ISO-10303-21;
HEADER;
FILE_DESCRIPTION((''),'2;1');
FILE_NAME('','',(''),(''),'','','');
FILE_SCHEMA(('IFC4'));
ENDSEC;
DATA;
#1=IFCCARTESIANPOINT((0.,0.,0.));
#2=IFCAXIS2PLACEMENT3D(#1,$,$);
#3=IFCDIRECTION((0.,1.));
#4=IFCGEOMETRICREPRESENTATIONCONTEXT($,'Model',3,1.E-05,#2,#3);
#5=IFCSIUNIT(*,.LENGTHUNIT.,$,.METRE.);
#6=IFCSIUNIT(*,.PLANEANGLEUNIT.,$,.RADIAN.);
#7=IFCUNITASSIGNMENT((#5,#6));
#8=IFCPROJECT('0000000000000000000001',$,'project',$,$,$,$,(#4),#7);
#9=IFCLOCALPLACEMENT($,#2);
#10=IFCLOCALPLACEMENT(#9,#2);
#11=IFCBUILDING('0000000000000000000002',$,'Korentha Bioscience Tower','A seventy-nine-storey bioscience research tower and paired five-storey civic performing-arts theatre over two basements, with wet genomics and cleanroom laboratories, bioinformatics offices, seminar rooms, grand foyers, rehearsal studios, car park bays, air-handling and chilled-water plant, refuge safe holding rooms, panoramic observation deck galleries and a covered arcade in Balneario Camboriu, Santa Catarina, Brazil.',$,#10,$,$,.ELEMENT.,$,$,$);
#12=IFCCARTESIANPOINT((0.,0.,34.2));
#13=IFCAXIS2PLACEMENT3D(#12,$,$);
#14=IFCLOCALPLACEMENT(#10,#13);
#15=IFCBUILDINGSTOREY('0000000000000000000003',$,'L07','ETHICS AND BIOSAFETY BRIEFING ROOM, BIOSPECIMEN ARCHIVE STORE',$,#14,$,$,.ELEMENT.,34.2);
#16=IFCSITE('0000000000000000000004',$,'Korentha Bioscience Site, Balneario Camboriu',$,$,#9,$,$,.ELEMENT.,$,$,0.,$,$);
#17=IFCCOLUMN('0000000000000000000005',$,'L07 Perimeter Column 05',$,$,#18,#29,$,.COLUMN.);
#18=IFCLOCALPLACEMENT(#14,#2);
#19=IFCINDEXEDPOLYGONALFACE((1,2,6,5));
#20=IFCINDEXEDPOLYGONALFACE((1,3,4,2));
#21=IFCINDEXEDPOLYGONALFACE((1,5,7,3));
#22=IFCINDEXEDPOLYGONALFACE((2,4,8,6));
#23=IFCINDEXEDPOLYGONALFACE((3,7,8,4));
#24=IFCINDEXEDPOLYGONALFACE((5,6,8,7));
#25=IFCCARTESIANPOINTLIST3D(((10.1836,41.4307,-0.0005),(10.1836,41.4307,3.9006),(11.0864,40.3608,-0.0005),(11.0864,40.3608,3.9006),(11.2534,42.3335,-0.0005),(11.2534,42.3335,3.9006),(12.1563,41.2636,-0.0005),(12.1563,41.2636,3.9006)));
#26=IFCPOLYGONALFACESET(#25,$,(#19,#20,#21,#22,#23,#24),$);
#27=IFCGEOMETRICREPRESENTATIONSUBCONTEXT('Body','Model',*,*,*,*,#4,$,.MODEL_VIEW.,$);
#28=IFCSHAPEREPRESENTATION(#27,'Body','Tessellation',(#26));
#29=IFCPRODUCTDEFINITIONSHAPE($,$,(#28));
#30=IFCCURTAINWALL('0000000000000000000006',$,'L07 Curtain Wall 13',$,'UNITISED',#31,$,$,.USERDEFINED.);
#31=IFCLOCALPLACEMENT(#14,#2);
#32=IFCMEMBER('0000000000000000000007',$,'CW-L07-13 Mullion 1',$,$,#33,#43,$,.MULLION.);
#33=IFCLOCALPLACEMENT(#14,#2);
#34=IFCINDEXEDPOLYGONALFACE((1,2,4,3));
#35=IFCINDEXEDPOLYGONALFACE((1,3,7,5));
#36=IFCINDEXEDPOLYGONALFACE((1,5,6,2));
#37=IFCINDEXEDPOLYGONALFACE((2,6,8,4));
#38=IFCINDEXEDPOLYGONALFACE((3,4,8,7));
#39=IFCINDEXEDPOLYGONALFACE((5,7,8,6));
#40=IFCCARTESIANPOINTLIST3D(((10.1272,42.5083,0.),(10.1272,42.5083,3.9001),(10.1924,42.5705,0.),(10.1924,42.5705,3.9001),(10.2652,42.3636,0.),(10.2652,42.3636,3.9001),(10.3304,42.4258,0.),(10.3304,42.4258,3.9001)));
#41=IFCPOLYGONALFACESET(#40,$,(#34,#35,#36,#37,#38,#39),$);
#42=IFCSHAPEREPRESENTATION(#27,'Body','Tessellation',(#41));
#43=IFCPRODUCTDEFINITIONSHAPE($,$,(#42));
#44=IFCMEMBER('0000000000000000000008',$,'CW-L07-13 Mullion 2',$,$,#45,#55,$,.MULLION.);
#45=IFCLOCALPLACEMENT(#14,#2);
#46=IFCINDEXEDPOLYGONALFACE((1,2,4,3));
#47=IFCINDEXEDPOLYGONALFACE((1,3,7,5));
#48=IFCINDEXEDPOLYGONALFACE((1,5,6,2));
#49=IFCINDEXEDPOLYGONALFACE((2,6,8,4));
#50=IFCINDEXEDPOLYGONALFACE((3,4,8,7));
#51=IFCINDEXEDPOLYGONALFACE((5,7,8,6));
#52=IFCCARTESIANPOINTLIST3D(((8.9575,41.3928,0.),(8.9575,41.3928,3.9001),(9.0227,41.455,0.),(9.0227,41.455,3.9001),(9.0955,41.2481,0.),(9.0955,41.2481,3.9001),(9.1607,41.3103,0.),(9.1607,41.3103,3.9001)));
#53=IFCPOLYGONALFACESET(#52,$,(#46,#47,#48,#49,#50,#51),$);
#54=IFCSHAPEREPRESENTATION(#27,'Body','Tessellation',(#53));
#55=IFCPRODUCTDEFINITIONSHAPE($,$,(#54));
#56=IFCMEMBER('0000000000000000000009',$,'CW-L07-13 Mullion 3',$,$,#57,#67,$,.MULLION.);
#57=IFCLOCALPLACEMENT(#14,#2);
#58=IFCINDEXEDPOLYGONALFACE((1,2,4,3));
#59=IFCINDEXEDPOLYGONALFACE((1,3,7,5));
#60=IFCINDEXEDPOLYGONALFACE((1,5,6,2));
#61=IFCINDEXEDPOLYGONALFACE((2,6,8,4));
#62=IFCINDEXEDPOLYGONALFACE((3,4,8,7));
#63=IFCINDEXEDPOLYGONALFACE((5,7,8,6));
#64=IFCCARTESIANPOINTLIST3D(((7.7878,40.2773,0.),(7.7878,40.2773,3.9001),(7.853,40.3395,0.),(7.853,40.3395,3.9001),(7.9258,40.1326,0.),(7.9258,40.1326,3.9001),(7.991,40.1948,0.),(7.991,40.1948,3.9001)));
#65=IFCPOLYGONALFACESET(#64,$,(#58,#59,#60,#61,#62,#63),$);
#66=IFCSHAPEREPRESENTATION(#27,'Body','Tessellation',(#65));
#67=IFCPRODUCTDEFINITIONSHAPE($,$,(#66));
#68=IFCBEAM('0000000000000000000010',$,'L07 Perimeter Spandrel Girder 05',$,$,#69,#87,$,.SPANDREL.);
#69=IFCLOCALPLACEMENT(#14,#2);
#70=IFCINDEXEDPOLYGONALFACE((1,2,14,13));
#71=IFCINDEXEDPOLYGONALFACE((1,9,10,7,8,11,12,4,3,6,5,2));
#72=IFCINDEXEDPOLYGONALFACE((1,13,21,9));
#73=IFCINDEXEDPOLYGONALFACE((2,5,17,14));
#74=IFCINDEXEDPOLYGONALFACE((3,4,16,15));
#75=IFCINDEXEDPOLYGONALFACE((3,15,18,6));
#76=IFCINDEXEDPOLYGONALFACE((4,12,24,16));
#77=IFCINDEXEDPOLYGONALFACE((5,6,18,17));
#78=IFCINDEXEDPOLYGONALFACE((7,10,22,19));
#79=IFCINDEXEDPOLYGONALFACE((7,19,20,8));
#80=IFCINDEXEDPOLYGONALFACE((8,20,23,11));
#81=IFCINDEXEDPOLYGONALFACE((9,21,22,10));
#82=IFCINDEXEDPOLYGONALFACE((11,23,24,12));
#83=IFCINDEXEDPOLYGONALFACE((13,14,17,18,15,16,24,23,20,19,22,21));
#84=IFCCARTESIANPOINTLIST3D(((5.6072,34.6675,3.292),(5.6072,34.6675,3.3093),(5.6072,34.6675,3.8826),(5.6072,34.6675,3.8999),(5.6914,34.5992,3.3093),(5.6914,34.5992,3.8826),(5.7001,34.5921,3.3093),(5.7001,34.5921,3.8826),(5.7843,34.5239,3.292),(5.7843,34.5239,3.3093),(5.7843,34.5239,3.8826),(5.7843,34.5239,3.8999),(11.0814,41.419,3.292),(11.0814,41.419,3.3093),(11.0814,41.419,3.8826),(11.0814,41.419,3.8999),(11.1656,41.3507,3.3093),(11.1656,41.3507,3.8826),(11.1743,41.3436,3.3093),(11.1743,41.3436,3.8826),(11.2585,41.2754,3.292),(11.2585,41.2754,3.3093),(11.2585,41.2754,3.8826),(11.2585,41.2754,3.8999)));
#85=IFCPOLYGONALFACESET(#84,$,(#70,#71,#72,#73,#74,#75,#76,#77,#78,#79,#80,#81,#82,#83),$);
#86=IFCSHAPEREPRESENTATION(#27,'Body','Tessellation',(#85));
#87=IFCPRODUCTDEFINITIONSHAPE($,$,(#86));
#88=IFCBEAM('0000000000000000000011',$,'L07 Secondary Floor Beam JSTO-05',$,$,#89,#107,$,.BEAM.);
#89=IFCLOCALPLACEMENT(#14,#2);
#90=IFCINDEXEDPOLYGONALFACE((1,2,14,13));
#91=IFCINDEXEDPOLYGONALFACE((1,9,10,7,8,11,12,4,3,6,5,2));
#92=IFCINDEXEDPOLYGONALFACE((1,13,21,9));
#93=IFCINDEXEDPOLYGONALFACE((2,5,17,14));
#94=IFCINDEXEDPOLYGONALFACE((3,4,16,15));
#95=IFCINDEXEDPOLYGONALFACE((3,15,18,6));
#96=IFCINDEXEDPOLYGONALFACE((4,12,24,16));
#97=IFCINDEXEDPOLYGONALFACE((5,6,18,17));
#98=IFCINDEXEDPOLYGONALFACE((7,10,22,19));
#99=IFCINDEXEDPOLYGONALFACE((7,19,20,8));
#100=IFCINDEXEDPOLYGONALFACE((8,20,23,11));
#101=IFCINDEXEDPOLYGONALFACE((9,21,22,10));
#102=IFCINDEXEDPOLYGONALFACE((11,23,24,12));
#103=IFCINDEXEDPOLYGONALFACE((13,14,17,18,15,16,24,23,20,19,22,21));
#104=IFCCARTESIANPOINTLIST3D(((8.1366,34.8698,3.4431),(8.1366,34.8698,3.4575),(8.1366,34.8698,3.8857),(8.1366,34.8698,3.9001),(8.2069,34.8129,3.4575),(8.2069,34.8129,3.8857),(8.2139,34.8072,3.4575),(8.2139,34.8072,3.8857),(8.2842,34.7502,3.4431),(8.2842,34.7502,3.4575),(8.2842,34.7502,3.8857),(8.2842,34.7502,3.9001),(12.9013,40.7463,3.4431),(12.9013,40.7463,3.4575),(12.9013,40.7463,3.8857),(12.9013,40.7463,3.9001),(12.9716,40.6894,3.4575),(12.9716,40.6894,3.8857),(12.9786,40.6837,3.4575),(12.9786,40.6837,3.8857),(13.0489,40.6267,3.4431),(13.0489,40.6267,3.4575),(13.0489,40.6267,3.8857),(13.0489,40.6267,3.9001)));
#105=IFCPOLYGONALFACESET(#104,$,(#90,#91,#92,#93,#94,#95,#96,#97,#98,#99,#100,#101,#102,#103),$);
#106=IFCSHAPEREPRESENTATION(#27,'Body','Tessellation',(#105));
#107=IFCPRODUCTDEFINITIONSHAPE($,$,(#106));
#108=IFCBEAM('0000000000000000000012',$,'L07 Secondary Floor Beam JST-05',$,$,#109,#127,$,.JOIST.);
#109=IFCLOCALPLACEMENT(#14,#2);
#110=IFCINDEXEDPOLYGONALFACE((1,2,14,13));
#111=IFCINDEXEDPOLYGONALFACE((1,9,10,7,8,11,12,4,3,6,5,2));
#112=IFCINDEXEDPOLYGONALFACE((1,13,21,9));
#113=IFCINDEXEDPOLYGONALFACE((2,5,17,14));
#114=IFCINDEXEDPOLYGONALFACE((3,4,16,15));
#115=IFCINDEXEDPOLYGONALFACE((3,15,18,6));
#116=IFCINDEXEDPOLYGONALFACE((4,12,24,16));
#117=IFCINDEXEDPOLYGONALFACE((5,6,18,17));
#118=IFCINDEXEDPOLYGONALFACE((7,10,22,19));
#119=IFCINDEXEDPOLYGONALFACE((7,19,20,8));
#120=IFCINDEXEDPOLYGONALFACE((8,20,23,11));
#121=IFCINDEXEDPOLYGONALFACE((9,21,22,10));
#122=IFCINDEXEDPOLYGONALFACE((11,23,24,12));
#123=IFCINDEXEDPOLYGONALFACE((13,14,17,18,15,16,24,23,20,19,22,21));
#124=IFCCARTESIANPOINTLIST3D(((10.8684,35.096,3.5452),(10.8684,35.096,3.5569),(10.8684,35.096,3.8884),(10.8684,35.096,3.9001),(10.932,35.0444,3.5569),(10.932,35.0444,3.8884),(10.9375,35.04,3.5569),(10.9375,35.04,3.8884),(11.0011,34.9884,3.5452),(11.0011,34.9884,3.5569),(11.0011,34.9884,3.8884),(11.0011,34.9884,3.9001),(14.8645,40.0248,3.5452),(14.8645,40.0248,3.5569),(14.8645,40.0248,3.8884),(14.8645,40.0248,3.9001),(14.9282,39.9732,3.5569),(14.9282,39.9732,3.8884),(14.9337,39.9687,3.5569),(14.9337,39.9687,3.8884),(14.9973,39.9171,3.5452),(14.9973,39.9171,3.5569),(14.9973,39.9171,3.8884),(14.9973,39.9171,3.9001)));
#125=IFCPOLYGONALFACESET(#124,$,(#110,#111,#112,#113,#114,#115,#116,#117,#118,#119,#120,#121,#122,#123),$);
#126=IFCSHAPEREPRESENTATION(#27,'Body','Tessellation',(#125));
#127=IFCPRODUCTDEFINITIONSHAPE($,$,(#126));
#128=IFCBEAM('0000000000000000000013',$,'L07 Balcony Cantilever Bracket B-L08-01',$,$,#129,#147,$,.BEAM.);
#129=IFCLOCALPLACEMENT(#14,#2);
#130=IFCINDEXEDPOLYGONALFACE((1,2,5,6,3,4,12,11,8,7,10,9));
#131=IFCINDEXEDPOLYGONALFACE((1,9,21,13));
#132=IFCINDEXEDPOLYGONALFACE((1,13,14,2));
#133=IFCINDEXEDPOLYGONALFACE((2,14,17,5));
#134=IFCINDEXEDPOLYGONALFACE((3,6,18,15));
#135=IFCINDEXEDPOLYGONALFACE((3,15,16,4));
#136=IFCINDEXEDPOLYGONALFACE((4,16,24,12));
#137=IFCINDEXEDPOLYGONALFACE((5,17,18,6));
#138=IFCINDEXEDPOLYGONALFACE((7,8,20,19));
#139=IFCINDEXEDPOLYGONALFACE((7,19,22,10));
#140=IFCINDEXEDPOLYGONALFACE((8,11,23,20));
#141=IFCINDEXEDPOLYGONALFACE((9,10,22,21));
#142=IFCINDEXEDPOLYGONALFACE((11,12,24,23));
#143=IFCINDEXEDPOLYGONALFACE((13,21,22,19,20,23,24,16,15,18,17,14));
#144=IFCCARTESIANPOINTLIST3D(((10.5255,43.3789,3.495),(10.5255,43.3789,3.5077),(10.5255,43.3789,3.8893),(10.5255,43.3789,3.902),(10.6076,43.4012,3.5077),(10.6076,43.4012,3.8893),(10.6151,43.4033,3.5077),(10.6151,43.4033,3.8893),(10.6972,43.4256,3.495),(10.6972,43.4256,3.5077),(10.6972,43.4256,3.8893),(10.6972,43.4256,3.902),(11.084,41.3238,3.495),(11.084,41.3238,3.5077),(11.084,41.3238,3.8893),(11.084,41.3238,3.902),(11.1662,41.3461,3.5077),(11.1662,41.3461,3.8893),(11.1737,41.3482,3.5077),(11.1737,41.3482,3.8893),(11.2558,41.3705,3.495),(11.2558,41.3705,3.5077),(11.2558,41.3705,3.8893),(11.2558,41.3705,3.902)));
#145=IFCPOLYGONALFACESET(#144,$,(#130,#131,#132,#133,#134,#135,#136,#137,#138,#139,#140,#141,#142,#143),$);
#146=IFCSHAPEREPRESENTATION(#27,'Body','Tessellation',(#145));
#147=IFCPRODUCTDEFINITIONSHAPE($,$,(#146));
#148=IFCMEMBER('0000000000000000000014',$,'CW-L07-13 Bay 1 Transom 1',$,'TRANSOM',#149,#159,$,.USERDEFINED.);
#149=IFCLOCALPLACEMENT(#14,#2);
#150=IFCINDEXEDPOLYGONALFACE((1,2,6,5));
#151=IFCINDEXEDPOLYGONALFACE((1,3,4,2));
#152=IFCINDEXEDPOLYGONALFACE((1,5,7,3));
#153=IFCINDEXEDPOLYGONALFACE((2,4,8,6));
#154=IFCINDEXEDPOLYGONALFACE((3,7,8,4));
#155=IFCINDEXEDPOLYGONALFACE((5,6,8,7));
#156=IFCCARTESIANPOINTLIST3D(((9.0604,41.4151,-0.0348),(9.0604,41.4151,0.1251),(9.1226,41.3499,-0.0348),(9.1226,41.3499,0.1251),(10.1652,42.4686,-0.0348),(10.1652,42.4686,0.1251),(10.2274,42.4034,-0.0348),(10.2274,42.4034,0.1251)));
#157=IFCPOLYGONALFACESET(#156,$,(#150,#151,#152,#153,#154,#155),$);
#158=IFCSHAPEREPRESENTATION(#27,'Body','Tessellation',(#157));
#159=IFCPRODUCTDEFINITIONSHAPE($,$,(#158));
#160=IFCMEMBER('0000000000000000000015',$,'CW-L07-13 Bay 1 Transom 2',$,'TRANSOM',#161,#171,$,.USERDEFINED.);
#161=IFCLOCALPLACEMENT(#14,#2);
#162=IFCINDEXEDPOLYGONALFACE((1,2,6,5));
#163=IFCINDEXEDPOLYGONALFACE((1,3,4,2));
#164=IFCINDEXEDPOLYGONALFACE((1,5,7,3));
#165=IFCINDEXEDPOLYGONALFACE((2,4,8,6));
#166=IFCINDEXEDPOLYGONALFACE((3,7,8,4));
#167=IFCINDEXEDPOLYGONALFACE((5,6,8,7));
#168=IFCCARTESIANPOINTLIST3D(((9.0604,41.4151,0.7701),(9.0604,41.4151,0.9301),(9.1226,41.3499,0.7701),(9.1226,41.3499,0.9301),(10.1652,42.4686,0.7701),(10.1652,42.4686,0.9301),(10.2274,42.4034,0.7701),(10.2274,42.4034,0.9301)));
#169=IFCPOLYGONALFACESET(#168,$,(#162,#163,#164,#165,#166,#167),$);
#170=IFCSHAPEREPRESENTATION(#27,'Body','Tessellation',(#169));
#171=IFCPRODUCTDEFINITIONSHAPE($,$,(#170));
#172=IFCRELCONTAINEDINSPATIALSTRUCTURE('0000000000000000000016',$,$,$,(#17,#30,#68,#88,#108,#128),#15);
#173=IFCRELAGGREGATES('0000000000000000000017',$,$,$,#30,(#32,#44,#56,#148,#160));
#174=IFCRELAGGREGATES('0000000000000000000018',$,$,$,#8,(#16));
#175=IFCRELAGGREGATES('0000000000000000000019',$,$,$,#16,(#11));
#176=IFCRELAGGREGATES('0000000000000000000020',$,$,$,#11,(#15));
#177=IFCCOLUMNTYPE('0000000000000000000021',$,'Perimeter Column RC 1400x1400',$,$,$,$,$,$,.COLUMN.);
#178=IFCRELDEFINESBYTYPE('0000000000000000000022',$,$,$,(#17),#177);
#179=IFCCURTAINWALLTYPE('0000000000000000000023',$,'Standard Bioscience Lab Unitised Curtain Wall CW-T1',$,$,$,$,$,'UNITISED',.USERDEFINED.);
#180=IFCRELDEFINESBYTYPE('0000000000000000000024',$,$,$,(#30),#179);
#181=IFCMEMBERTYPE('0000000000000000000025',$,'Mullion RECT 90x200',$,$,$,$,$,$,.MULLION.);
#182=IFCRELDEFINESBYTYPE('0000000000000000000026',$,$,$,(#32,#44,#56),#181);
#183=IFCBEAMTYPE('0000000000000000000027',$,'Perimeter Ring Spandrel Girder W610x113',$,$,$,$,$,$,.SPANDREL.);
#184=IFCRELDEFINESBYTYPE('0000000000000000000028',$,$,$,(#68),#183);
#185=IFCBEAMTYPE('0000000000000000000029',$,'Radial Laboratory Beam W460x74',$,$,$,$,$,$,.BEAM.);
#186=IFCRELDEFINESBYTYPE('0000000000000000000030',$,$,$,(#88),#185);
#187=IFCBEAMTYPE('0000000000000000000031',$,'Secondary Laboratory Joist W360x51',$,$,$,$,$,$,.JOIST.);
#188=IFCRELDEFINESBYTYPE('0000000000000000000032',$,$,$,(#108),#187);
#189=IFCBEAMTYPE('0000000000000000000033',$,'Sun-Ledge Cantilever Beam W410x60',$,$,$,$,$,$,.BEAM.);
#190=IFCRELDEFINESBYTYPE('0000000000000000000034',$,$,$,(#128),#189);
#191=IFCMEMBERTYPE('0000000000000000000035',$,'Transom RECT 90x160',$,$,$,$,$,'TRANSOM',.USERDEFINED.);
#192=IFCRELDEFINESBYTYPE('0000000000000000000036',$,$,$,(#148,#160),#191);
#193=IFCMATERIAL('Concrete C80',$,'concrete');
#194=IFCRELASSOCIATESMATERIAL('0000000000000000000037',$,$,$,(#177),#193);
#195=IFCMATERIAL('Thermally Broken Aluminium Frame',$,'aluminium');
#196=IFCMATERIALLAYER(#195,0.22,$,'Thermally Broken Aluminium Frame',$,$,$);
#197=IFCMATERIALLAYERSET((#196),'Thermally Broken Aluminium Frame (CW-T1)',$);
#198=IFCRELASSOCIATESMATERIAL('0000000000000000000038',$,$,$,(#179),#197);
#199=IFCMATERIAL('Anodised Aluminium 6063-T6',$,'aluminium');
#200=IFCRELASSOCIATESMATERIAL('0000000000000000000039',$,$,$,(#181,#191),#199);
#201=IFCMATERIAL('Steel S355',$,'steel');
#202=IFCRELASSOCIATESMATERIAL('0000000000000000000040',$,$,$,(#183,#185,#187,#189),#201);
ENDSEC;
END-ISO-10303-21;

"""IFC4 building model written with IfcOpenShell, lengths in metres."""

from ifc_helpers import new_model, si_unit, direction, frame, origin, origin_2d, place, context, subcontext, project, spatial, rectangle, i_section, extrude, material, layer, layer_set, material_profile, profile_set, type_object, element, aggregate, save


model = new_model("IFC4")

# Units and contexts
model_context = context("Model", 3, precision=1e-05, world=origin(), true_north=direction((0.0, 1.0)))
body_context = subcontext(model_context, "Body", "Model", "MODEL_VIEW")
ifc_project = project(units=[si_unit("LENGTHUNIT", "METRE"), si_unit("PLANEANGLEUNIT", "RADIAN")], contexts=[model_context])

# Site, building, storey
site_placement = place(None, origin())
site = spatial("IfcSite", under=ifc_project, at=site_placement, Name="Korentha Bioscience Site, Balneario Camboriu", CompositionType="ELEMENT", RefElevation=0.0)
building_placement = place(site_placement, origin())
building = spatial("IfcBuilding", under=site, at=building_placement, Name="Korentha Bioscience Tower", Description="A seventy-nine-storey bioscience research tower and paired five-storey civic performing-arts theatre over two basements, with wet genomics and cleanroom laboratories, bioinformatics offices, seminar rooms, grand foyers, rehearsal studios, car park bays, air-handling and chilled-water plant, refuge safe holding rooms, panoramic observation deck galleries and a covered arcade in Balneario Camboriu, Santa Catarina, Brazil.", CompositionType="ELEMENT")
storey_placement = place(building_placement, frame((0.0, 0.0, 34.2)))
storey = spatial("IfcBuildingStorey", under=building, at=storey_placement, Name="L07", Description="ETHICS AND BIOSAFETY BRIEFING ROOM, BIOSPECIMEN ARCHIVE STORE", CompositionType="ELEMENT", Elevation=34.2)

# Column
ifc_material_1 = material(Name="Concrete C80", Category="concrete")
ifc_material_profile_1 = material_profile(ifc_material_1, rectangle(XDim=1.3999, YDim=1.3999, at=origin_2d()), Name="Concrete C80")
ifc_profile_set_1 = profile_set([ifc_material_profile_1], Name="Concrete C80 (COL-P14)")
column_type = type_object("IfcColumnType", Name="Perimeter Column RC 1400x1400", PredefinedType="COLUMN", material=ifc_profile_set_1)
column_placement = place(storey_placement, frame((11.1699, 41.3472, -0.0005), z_axis=(0.0, 0.0, 1.0), x_axis=(0.764246, 0.644924, 0.0)))
element("IfcColumn", 1, at=column_placement, inside=storey, type_object=column_type, Name="L07 Perimeter Column 05", PredefinedType="COLUMN", context=body_context, shape_type="SweptSolid", body=[
    extrude(rectangle(XDim=1.3999, YDim=1.3999, at=origin_2d()), origin(), (0.0, 0.0, 1.0), 3.9011),
])

# Curtain wall, members
ifc_material_2 = material(Name="Thermally Broken Aluminium Frame", Category="aluminium")
ifc_layer_1 = layer(ifc_material_2, 0.22, Name="Thermally Broken Aluminium Frame")
ifc_layer_set_1 = layer_set([ifc_layer_1], Name="Thermally Broken Aluminium Frame (CW-T1)")
curtain_wall_type = type_object("IfcCurtainWallType", Name="Standard Bioscience Lab Unitised Curtain Wall CW-T1", ElementType="UNITISED", PredefinedType="USERDEFINED", material=ifc_layer_set_1)
curtain_wall_placement = place(storey_placement, origin())
curtain_wall = element("IfcCurtainWall", 2, at=curtain_wall_placement, inside=storey, type_object=curtain_wall_type, Name="L07 Curtain Wall 13", ObjectType="UNITISED", PredefinedType="USERDEFINED")
ifc_material_3 = material(Name="Anodised Aluminium 6063-T6", Category="aluminium")
ifc_material_profile_2 = material_profile(ifc_material_3, rectangle(XDim=0.0901, YDim=0.2, at=origin_2d()), Name="Anodised Aluminium 6063-T6")
ifc_profile_set_2 = profile_set([ifc_material_profile_2], Name="Anodised Aluminium 6063-T6 (CW-MUL)")
member_type_1 = type_object("IfcMemberType", Name="Mullion RECT 90x200", PredefinedType="MULLION", material=ifc_profile_set_2)
member_1_placement = place(storey_placement, frame((10.2288, 42.467, 0.0), z_axis=(0.0, 0.0, 1.0), x_axis=(-0.723642, -0.690176, 0.0)))
member_1 = element("IfcMember", 3, at=member_1_placement, type_object=member_type_1, Name="CW-L07-13 Mullion 1", PredefinedType="MULLION", context=body_context, shape_type="SweptSolid", body=[
    extrude(rectangle(XDim=0.0901, YDim=0.2, at=origin_2d()), origin(), (0.0, 0.0, 1.0), 3.9001),
])
member_2_placement = place(storey_placement, frame((9.0591, 41.3516, 0.0), z_axis=(0.0, 0.0, 1.0), x_axis=(-0.723642, -0.690176, 0.0)))
member_2 = element("IfcMember", 4, at=member_2_placement, type_object=member_type_1, Name="CW-L07-13 Mullion 2", PredefinedType="MULLION", context=body_context, shape_type="SweptSolid", body=[
    extrude(rectangle(XDim=0.0901, YDim=0.2, at=origin_2d()), origin(), (0.0, 0.0, 1.0), 3.9001),
])
member_3_placement = place(storey_placement, frame((7.8894, 40.2361, 0.0), z_axis=(0.0, 0.0, 1.0), x_axis=(-0.723642, -0.690176, 0.0)))
member_3 = element("IfcMember", 5, at=member_3_placement, type_object=member_type_1, Name="CW-L07-13 Mullion 3", PredefinedType="MULLION", context=body_context, shape_type="SweptSolid", body=[
    extrude(rectangle(XDim=0.0901, YDim=0.2, at=origin_2d()), origin(), (0.0, 0.0, 1.0), 3.9001),
])

# Beams
ifc_material_4 = material(Name="Steel S355", Category="steel")
ifc_material_profile_3 = material_profile(ifc_material_4, i_section(OverallWidth=0.228, OverallDepth=0.6079, WebThickness=0.0112, FlangeThickness=0.0173, at=origin_2d()), Name="Steel S355")
ifc_profile_set_3 = profile_set([ifc_material_profile_3], Name="Steel S355 (SB-610)")
beam_type_1 = type_object("IfcBeamType", Name="Perimeter Ring Spandrel Girder W610x113", PredefinedType="SPANDREL", material=ifc_profile_set_3)
beam_1_placement = place(storey_placement, frame((11.1699, 41.3472, 3.5959), z_axis=(-0.629799, -0.776758, 0.0), x_axis=(0.776758, -0.629799, 0.0)))
element("IfcBeam", 6, at=beam_1_placement, inside=storey, type_object=beam_type_1, Name="L07 Perimeter Spandrel Girder 05", PredefinedType="SPANDREL", context=body_context, shape_type="SweptSolid", body=[
    extrude(i_section(OverallWidth=0.228, OverallDepth=0.6079, WebThickness=0.0112, FlangeThickness=0.0173, at=origin_2d()), origin(), (0.0, 0.0, 1.0), 8.6919),
])
ifc_material_profile_4 = material_profile(ifc_material_4, i_section(OverallWidth=0.1899, OverallDepth=0.457, WebThickness=0.009, FlangeThickness=0.0144, at=origin_2d()), Name="Steel S355")
ifc_profile_set_4 = profile_set([ifc_material_profile_4], Name="Steel S355 (RB-460)")
beam_type_2 = type_object("IfcBeamType", Name="Radial Laboratory Beam W460x74", PredefinedType="BEAM", material=ifc_profile_set_4)
beam_2_placement = place(storey_placement, frame((12.9751, 40.6865, 3.6716), z_axis=(-0.629798, -0.776759, 0.0), x_axis=(0.776759, -0.629798, 0.0)))
element("IfcBeam", 7, at=beam_2_placement, inside=storey, type_object=beam_type_2, Name="L07 Secondary Floor Beam JSTO-05", PredefinedType="BEAM", context=body_context, shape_type="SweptSolid", body=[
    extrude(i_section(OverallWidth=0.1899, OverallDepth=0.457, WebThickness=0.009, FlangeThickness=0.0144, at=origin_2d()), origin(), (0.0, 0.0, 1.0), 7.5654),
])
ifc_material_profile_5 = material_profile(ifc_material_4, i_section(OverallWidth=0.1709, OverallDepth=0.355, WebThickness=0.0071, FlangeThickness=0.0117, at=origin_2d()), Name="Steel S355")
ifc_profile_set_5 = profile_set([ifc_material_profile_5], Name="Steel S355 (JB-360)")
beam_type_3 = type_object("IfcBeamType", Name="Secondary Laboratory Joist W360x51", PredefinedType="JOIST", material=ifc_profile_set_5)
beam_3_placement = place(storey_placement, frame((14.9309, 39.9709, 3.7227), z_axis=(-0.629787, -0.776768, 0.0), x_axis=(0.776768, -0.629787, 0.0)))
element("IfcBeam", 8, at=beam_3_placement, inside=storey, type_object=beam_type_3, Name="L07 Secondary Floor Beam JST-05", PredefinedType="JOIST", context=body_context, shape_type="SweptSolid", body=[
    extrude(i_section(OverallWidth=0.1709, OverallDepth=0.355, WebThickness=0.0071, FlangeThickness=0.0117, at=origin_2d()), origin(), (0.0, 0.0, 1.0), 6.3452),
])
ifc_material_profile_6 = material_profile(ifc_material_4, i_section(OverallWidth=0.178, OverallDepth=0.407, WebThickness=0.0078, FlangeThickness=0.0127, at=origin_2d()), Name="Steel S355")
ifc_profile_set_6 = profile_set([ifc_material_profile_6], Name="Steel S355 (CB-410)")
beam_type_4 = type_object("IfcBeamType", Name="Sun-Ledge Cantilever Beam W410x60", PredefinedType="BEAM", material=ifc_profile_set_6)
beam_4_placement = place(storey_placement, frame((11.1699, 41.3472, 3.6985), z_axis=(-0.262283, 0.964991, 0.0), x_axis=(-0.964991, -0.262283, 0.0)))
element("IfcBeam", 9, at=beam_4_placement, inside=storey, type_object=beam_type_4, Name="L07 Balcony Cantilever Bracket B-L08-01", PredefinedType="BEAM", context=body_context, shape_type="SweptSolid", body=[
    extrude(i_section(OverallWidth=0.178, OverallDepth=0.407, WebThickness=0.0078, FlangeThickness=0.0127, at=origin_2d()), origin(), (0.0, 0.0, 1.0), 2.1296),
])

# Members
ifc_material_profile_7 = material_profile(ifc_material_3, rectangle(XDim=0.0901, YDim=0.1599, at=origin_2d()), Name="Anodised Aluminium 6063-T6")
ifc_profile_set_7 = profile_set([ifc_material_profile_7], Name="Anodised Aluminium 6063-T6 (CW-TRN)")
member_type_2 = type_object("IfcMemberType", Name="Transom RECT 90x160", ElementType="TRANSOM", PredefinedType="USERDEFINED", material=ifc_profile_set_7)
member_4_placement = place(storey_placement, frame((10.1963, 42.436, 0.0452), z_axis=(-0.7237, -0.690114, 0.0), x_axis=(0.690114, -0.7237, 0.0)))
member_4 = element("IfcMember", 10, at=member_4_placement, type_object=member_type_2, Name="CW-L07-13 Bay 1 Transom 1", ObjectType="TRANSOM", PredefinedType="USERDEFINED", context=body_context, shape_type="SweptSolid", body=[
    extrude(rectangle(XDim=0.0901, YDim=0.1599, at=origin_2d()), origin(), (0.0, 0.0, 1.0), 1.5266),
])
member_5_placement = place(storey_placement, frame((10.1963, 42.436, 0.8501), z_axis=(-0.7237, -0.690114, 0.0), x_axis=(0.690114, -0.7237, 0.0)))
member_5 = element("IfcMember", 11, at=member_5_placement, type_object=member_type_2, Name="CW-L07-13 Bay 1 Transom 2", ObjectType="TRANSOM", PredefinedType="USERDEFINED", context=body_context, shape_type="SweptSolid", body=[
    extrude(rectangle(XDim=0.0901, YDim=0.1599, at=origin_2d()), origin(), (0.0, 0.0, 1.0), 1.5266),
])

aggregate(curtain_wall, [member_1, member_2, member_3, member_4, member_5])

save(model, "model.ifc")
